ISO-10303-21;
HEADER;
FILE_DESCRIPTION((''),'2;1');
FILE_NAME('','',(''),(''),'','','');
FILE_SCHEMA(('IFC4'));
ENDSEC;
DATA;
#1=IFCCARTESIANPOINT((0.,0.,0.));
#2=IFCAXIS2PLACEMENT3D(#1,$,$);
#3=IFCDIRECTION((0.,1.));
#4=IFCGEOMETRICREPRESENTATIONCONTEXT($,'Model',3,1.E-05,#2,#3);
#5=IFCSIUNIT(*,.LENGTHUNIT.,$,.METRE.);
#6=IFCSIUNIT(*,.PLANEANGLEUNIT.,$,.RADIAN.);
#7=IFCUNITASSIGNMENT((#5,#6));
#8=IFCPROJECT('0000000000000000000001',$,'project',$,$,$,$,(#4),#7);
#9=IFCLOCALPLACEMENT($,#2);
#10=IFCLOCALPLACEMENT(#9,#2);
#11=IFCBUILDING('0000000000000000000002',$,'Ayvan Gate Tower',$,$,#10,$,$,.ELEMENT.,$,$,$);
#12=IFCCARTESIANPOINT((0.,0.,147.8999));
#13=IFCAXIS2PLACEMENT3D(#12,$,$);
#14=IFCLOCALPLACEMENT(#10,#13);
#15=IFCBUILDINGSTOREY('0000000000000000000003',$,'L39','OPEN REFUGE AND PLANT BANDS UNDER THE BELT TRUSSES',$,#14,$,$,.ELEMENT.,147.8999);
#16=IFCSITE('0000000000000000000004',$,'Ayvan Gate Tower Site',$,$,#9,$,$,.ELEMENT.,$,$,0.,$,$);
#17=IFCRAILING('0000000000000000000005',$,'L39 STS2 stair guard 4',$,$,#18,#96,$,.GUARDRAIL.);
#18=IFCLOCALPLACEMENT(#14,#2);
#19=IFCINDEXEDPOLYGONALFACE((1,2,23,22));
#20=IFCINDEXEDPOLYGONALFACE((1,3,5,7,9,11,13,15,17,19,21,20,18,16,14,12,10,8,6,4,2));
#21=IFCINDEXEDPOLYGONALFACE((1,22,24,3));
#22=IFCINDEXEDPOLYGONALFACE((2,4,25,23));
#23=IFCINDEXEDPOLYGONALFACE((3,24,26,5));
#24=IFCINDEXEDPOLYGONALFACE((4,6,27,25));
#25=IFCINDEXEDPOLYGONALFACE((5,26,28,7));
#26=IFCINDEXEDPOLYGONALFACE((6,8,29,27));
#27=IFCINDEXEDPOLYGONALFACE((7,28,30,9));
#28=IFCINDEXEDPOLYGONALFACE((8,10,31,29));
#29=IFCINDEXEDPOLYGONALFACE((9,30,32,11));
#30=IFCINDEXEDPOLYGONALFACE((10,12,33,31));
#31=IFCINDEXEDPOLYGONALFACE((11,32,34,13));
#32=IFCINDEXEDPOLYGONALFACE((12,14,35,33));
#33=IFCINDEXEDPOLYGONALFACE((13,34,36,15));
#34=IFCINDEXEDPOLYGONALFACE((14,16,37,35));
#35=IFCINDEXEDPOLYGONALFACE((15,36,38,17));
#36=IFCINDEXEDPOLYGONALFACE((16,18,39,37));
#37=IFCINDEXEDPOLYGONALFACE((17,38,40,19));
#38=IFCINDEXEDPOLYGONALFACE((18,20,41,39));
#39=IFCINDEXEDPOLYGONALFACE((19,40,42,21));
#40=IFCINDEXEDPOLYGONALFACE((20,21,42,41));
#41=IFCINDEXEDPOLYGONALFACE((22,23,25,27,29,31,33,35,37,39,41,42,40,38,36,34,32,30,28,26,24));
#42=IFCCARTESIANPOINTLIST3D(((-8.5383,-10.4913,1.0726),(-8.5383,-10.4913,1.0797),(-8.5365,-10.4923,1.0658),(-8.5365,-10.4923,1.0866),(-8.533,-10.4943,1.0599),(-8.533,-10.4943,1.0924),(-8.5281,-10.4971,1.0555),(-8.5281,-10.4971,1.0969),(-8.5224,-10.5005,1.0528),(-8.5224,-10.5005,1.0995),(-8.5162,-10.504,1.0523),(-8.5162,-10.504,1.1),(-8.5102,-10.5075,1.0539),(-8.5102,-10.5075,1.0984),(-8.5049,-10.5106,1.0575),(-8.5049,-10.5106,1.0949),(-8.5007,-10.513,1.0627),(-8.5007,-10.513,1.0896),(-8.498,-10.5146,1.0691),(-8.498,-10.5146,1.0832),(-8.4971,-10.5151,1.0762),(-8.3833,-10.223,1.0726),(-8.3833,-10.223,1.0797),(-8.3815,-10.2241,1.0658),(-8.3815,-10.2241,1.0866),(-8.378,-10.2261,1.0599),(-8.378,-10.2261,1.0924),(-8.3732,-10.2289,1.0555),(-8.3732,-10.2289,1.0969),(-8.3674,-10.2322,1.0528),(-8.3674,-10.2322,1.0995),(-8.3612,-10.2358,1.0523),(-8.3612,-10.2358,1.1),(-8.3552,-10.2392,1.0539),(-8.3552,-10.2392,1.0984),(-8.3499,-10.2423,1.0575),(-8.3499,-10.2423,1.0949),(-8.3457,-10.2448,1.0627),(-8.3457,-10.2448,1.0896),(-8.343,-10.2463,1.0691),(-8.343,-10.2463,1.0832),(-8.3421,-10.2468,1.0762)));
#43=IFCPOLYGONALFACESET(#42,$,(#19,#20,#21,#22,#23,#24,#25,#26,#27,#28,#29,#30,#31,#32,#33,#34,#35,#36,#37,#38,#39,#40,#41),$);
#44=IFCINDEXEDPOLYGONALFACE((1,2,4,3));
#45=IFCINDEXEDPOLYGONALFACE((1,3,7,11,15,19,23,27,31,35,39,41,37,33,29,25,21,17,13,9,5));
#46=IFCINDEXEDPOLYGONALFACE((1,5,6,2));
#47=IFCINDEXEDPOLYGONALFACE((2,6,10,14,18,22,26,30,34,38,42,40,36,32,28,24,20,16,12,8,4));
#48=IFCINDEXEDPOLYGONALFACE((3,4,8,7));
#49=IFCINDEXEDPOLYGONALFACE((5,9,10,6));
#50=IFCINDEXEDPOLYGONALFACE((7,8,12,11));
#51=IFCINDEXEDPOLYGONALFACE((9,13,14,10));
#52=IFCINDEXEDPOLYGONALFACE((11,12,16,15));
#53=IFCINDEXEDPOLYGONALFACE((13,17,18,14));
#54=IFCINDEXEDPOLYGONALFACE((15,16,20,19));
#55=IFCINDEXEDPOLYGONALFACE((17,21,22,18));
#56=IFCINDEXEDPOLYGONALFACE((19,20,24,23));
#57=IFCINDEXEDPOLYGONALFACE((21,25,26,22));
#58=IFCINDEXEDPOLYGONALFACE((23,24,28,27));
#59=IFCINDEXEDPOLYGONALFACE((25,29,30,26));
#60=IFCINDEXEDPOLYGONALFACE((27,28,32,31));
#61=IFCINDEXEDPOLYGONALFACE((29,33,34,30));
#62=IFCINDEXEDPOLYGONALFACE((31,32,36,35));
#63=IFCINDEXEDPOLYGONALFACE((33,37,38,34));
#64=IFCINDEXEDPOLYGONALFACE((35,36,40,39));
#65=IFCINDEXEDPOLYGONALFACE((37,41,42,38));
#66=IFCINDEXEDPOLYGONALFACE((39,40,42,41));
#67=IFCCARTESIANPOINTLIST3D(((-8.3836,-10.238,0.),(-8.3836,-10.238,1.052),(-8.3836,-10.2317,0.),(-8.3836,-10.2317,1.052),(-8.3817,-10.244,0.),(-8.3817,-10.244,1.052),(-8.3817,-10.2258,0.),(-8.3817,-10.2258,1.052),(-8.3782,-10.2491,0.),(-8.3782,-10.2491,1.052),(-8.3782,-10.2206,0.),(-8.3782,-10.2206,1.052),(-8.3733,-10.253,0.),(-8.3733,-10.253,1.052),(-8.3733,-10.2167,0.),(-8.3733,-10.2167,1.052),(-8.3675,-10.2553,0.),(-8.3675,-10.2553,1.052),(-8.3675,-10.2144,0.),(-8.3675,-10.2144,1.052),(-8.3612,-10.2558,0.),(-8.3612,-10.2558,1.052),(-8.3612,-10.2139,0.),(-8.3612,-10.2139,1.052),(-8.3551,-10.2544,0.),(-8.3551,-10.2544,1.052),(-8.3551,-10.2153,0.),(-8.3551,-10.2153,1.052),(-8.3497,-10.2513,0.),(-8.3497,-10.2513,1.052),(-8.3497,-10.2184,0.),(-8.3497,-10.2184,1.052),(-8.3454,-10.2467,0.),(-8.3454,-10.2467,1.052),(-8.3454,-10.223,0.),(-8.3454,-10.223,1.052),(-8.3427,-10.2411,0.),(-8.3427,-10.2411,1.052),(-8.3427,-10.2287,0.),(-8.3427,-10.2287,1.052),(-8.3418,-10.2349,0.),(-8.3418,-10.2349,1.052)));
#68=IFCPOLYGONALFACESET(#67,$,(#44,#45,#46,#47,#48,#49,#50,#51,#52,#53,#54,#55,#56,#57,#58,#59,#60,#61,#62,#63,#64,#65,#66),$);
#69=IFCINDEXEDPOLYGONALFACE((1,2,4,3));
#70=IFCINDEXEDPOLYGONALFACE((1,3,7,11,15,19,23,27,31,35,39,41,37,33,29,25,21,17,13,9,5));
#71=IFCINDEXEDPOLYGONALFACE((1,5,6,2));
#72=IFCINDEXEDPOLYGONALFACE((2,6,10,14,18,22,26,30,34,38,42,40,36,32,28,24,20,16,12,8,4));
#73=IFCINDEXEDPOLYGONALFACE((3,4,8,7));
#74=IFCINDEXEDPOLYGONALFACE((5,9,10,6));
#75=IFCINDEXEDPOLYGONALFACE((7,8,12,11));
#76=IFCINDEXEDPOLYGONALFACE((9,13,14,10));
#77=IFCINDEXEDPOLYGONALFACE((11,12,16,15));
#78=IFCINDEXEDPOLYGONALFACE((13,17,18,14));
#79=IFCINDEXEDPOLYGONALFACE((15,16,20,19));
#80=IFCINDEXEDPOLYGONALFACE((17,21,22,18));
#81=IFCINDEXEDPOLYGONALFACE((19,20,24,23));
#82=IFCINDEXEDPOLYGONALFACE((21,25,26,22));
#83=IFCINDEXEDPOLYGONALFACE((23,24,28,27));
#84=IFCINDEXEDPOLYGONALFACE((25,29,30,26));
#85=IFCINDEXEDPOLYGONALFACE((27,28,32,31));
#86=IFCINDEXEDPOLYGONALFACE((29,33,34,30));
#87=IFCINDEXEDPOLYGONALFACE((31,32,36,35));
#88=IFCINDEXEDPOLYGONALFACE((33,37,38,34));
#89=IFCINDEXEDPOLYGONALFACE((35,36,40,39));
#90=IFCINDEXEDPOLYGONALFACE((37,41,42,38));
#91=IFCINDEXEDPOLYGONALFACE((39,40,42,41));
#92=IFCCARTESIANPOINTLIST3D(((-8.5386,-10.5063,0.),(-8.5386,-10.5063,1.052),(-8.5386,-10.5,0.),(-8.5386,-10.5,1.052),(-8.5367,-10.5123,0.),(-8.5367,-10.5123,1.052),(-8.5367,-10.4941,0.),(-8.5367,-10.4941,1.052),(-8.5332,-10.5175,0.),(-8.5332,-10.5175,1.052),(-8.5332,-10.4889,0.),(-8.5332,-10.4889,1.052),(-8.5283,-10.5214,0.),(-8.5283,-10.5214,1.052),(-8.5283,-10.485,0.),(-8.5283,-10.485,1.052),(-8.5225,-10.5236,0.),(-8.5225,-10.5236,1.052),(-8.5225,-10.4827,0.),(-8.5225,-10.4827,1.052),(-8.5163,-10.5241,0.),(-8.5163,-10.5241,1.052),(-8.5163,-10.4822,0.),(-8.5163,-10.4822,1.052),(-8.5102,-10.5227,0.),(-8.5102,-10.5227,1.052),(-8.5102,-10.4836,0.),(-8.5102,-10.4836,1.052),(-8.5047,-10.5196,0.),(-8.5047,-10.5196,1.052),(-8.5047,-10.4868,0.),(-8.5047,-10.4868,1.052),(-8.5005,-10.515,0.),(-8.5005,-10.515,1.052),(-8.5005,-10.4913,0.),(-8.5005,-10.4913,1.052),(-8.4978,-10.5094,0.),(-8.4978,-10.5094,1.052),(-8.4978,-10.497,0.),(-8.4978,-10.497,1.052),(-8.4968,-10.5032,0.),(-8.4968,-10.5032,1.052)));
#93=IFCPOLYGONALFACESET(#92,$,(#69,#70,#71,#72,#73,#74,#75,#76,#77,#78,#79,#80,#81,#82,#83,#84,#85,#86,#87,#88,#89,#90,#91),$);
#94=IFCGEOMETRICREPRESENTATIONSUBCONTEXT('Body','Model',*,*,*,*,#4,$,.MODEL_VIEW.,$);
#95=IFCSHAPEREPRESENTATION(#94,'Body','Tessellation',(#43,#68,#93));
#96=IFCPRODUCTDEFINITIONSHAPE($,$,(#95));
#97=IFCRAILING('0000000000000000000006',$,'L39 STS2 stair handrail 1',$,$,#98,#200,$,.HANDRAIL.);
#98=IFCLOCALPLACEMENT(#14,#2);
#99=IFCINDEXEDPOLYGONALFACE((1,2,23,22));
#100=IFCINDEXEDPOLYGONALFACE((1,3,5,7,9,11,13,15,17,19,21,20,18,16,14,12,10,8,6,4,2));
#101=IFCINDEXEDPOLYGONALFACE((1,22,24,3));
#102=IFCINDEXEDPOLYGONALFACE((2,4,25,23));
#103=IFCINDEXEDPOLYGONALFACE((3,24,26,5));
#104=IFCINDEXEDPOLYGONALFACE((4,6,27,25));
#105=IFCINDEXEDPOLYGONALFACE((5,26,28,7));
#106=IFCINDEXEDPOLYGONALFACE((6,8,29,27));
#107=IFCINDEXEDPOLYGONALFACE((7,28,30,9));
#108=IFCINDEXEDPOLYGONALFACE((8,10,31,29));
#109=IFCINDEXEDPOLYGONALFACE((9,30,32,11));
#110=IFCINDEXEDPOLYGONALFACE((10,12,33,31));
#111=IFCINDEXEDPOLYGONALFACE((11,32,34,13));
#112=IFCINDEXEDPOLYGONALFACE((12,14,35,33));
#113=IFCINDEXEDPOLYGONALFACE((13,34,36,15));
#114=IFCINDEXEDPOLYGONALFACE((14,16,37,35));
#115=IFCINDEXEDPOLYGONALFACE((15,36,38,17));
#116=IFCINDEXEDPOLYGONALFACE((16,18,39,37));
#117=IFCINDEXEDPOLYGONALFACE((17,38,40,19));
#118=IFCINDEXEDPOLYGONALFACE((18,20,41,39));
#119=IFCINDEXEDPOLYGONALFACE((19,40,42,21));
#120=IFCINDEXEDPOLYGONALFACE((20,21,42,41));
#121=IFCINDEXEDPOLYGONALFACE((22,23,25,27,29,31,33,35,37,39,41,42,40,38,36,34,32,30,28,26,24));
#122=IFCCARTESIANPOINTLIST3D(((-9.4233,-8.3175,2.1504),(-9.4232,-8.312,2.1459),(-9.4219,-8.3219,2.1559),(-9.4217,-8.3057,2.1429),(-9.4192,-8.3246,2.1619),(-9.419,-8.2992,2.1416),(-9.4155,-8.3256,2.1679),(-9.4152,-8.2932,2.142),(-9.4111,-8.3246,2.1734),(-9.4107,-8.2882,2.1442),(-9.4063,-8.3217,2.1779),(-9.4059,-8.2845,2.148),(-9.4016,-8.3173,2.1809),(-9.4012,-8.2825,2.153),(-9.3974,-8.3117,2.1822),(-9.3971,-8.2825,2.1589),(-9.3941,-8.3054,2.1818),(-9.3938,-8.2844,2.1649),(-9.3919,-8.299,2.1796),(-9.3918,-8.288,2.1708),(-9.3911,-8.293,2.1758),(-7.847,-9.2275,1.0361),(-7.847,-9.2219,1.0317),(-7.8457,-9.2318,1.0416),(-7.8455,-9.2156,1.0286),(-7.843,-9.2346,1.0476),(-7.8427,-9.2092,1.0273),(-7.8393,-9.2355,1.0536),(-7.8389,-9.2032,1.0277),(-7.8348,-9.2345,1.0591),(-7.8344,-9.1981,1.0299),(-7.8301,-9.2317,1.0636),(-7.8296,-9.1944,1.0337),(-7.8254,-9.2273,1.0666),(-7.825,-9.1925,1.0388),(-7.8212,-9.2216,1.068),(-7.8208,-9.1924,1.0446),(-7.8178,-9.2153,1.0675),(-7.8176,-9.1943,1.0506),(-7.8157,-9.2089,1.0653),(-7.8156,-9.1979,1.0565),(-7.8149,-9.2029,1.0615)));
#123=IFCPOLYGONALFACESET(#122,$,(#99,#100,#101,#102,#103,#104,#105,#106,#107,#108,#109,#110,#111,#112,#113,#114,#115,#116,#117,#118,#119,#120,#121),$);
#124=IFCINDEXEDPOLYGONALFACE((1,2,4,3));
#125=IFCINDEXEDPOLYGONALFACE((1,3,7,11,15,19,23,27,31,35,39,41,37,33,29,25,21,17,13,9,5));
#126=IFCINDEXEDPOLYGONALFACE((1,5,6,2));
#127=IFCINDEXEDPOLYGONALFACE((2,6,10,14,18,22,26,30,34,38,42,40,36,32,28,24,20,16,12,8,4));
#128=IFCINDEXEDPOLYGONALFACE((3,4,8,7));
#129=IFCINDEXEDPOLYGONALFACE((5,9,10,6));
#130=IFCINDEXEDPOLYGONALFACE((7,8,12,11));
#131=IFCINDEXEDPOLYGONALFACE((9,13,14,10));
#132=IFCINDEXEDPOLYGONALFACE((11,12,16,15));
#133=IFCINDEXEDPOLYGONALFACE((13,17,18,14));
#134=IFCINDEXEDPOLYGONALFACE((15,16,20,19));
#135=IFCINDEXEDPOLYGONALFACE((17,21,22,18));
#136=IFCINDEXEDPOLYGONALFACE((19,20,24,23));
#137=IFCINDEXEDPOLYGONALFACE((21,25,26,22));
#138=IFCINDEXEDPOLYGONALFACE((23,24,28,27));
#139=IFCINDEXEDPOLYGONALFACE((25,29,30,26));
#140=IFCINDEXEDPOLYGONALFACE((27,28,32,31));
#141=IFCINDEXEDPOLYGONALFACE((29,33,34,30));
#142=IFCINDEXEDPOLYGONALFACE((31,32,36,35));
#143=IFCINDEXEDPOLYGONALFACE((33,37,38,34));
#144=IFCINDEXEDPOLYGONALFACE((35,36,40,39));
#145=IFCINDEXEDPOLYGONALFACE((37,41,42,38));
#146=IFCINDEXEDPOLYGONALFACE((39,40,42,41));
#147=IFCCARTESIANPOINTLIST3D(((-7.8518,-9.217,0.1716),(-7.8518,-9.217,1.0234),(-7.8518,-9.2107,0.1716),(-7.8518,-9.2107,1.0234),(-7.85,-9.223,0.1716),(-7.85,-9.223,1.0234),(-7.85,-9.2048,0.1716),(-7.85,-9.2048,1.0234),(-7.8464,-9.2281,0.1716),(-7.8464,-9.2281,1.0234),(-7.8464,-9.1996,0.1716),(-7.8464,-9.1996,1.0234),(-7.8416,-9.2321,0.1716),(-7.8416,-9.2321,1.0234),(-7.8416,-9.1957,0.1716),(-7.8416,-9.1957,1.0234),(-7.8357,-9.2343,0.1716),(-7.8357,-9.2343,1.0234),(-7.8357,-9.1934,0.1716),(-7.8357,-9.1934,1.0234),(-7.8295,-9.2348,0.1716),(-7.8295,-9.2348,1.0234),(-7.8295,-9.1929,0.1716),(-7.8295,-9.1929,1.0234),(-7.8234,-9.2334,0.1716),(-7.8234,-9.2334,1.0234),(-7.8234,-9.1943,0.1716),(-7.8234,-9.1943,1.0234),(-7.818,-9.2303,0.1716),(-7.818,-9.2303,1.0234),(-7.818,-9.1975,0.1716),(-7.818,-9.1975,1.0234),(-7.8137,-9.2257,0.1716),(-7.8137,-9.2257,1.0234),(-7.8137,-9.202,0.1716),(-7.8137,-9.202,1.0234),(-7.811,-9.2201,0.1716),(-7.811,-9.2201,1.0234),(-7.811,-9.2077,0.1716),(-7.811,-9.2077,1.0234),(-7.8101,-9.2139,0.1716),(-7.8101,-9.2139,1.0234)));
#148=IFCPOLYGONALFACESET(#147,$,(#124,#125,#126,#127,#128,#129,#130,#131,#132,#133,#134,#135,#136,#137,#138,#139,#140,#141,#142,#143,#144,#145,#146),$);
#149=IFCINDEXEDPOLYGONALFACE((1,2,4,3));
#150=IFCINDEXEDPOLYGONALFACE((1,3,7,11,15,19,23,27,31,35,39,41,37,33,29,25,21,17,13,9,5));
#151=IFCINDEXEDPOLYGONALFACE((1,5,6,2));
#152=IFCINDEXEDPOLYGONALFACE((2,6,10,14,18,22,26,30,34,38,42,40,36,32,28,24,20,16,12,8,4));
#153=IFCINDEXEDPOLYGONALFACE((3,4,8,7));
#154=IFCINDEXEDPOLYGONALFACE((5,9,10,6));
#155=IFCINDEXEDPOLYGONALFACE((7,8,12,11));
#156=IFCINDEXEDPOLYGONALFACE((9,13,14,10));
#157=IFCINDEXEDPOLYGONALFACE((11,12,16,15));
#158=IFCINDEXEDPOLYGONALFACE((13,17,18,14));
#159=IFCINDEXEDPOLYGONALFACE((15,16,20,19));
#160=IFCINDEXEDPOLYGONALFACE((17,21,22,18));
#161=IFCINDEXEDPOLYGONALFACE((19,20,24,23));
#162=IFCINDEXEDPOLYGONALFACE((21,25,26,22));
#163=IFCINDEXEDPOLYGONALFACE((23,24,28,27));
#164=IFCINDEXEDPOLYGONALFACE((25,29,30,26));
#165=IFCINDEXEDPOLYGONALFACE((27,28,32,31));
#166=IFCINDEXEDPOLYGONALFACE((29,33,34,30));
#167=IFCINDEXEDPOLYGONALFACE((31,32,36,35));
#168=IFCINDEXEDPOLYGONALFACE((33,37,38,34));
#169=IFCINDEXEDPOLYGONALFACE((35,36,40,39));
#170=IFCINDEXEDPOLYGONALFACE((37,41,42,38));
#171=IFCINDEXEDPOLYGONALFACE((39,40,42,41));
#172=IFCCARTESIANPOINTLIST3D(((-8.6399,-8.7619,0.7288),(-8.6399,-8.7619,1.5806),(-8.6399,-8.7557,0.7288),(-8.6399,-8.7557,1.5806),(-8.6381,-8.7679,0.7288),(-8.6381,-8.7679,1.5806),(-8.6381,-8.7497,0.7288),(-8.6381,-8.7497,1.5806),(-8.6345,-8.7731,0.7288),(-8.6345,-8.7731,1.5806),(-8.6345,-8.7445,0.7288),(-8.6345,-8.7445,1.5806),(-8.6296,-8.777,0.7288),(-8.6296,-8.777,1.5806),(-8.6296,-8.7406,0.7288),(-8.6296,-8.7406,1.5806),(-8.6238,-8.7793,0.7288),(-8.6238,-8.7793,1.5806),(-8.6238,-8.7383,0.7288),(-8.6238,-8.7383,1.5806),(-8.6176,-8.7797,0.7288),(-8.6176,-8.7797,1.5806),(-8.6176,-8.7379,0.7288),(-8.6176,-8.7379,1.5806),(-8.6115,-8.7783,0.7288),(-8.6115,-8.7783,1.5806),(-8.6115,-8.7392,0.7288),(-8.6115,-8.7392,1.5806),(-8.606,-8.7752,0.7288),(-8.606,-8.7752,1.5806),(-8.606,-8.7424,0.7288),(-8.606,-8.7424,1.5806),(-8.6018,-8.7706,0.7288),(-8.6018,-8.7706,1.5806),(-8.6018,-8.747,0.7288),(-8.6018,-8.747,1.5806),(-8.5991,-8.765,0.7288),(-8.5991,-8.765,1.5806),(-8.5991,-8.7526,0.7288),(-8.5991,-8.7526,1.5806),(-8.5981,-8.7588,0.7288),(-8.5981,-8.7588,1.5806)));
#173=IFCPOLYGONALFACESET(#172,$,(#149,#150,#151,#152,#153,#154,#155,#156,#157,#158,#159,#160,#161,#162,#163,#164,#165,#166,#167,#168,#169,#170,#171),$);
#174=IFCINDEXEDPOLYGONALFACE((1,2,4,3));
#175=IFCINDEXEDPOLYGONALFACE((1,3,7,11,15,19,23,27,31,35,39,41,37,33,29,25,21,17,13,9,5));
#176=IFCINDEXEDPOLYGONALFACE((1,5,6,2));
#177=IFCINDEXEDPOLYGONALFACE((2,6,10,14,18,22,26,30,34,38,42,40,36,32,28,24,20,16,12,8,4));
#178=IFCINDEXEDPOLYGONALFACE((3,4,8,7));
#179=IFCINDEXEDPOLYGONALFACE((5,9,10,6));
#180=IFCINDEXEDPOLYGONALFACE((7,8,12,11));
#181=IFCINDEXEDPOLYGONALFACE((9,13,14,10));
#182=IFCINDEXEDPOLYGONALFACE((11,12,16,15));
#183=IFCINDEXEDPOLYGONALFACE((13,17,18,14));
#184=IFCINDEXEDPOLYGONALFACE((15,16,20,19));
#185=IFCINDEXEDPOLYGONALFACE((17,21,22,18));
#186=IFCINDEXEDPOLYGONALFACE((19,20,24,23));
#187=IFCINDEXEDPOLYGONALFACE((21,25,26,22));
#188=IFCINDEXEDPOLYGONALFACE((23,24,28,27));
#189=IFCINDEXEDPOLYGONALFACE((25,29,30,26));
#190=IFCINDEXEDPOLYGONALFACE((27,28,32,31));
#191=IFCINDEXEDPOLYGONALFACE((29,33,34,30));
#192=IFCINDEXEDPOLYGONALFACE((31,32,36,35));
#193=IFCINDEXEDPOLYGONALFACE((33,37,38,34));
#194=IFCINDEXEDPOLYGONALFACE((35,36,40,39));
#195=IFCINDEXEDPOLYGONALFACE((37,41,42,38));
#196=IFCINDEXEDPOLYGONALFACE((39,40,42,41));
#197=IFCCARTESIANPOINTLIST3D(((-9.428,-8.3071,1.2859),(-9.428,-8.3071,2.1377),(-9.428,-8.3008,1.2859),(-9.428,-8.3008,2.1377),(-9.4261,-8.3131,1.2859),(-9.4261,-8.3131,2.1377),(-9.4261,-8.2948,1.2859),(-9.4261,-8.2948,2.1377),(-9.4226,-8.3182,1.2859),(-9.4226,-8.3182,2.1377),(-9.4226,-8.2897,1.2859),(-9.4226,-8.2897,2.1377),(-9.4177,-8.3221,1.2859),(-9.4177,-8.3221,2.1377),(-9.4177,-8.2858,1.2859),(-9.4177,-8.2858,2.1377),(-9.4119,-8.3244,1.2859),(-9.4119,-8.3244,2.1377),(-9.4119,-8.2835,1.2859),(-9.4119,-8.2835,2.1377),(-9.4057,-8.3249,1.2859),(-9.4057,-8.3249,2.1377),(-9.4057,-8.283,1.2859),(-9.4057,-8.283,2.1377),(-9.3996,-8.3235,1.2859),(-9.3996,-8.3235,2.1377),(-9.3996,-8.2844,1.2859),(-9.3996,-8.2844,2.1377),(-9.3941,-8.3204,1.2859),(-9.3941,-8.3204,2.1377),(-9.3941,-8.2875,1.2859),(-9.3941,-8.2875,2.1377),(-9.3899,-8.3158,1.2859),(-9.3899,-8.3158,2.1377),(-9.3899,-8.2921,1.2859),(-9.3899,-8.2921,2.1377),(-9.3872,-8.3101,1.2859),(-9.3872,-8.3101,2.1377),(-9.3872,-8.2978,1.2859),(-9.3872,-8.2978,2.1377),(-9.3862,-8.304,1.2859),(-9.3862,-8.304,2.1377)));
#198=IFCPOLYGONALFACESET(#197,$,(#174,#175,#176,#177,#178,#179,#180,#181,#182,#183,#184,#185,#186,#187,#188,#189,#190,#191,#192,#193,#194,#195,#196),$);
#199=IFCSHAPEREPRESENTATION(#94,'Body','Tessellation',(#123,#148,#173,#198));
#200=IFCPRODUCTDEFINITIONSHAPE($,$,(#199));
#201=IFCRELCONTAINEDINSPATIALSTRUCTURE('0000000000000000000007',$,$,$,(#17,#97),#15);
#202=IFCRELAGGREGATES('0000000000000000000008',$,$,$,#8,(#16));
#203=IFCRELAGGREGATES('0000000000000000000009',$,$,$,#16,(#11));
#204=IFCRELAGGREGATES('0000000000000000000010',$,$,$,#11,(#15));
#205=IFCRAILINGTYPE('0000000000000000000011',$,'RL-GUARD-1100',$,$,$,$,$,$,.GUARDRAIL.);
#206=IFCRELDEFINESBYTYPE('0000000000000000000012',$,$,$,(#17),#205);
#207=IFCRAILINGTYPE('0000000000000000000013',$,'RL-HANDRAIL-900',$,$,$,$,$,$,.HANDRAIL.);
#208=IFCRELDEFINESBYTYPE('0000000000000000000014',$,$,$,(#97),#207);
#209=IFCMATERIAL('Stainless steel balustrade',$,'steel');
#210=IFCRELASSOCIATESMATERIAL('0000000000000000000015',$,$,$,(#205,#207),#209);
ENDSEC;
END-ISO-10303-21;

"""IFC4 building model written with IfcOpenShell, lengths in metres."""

from ifc_helpers import new_model, si_unit, direction, frame, origin, origin_2d, place, context, subcontext, project, spatial, circle, extrude, material, type_object, element, save


model = new_model("IFC4")

# Units and contexts
model_context = context("Model", 3, precision=1e-05, world=origin(), true_north=direction((0.0, 1.0)))
body_context = subcontext(model_context, "Body", "Model", "MODEL_VIEW")
ifc_project = project(units=[si_unit("LENGTHUNIT", "METRE"), si_unit("PLANEANGLEUNIT", "RADIAN")], contexts=[model_context])

# Site, building, storey
site_placement = place(None, origin())
site = spatial("IfcSite", under=ifc_project, at=site_placement, Name="Ayvan Gate Tower Site", CompositionType="ELEMENT", RefElevation=0.0)
building_placement = place(site_placement, origin())
building = spatial("IfcBuilding", under=site, at=building_placement, Name="Ayvan Gate Tower", CompositionType="ELEMENT")
storey_placement = place(building_placement, frame((0.0, 0.0, 147.8999)))
storey = spatial("IfcBuildingStorey", under=building, at=storey_placement, Name="L39", Description="OPEN REFUGE AND PLANT BANDS UNDER THE BELT TRUSSES", CompositionType="ELEMENT", Elevation=147.8999)

# Railings
ifc_material_1 = material(Name="Stainless steel balustrade", Category="steel")
railing_type_1 = type_object("IfcRailingType", Name="RL-GUARD-1100", PredefinedType="GUARDRAIL", material=ifc_material_1)
railing_1_placement = place(storey_placement, frame((-8.3628, -10.2349, 0.0)))
element("IfcRailing", 1, at=railing_1_placement, inside=storey, type_object=railing_type_1, Name="L39 STS2 stair guard 4", PredefinedType="GUARDRAIL", context=body_context, shape_type="SweptSolid", body=[
    extrude(circle(Radius=0.0239, at=origin_2d()), frame((0.0, 0.0, 1.0762), z_axis=(-0.500291, -0.865857, 0.0), x_axis=(0.865857, -0.500291, 0.0)), (0.0, 0.0, 1.0), 0.3098),
    extrude(circle(Radius=0.021, at=origin_2d()), origin(), (0.0, 0.0, 1.0), 1.052),
    extrude(circle(Radius=0.021, at=origin_2d()), frame((-0.155, -0.2683, 0.0)), (0.0, 0.0, 1.0), 1.052),
])
railing_type_2 = type_object("IfcRailingType", Name="RL-HANDRAIL-900", PredefinedType="HANDRAIL", material=ifc_material_1)
railing_2_placement = place(storey_placement, frame((-7.8311, -9.2139, 0.1716)))
element("IfcRailing", 2, at=railing_2_placement, inside=storey, type_object=railing_type_2, Name="L39 STS2 stair handrail 1", PredefinedType="HANDRAIL", context=body_context, shape_type="SweptSolid", body=[
    extrude(circle(Radius=0.0239, at=origin_2d()), frame((0.0, 0.0, 0.876), z_axis=(-0.73861, 0.426394, 0.522153), x_axis=(-0.499962, -0.866047, 0.0)), (0.0, 0.0, 1.0), 2.134),
    extrude(circle(Radius=0.021, at=origin_2d()), origin(), (0.0, 0.0, 1.0), 0.8518),
    extrude(circle(Radius=0.021, at=origin_2d()), frame((-0.7881, 0.4551, 0.5571)), (0.0, 0.0, 1.0), 0.8518),
    extrude(circle(Radius=0.021, at=origin_2d()), frame((-1.5762, 0.9099, 1.1143)), (0.0, 0.0, 1.0), 0.8518),
])

save(model, "model.ifc")
